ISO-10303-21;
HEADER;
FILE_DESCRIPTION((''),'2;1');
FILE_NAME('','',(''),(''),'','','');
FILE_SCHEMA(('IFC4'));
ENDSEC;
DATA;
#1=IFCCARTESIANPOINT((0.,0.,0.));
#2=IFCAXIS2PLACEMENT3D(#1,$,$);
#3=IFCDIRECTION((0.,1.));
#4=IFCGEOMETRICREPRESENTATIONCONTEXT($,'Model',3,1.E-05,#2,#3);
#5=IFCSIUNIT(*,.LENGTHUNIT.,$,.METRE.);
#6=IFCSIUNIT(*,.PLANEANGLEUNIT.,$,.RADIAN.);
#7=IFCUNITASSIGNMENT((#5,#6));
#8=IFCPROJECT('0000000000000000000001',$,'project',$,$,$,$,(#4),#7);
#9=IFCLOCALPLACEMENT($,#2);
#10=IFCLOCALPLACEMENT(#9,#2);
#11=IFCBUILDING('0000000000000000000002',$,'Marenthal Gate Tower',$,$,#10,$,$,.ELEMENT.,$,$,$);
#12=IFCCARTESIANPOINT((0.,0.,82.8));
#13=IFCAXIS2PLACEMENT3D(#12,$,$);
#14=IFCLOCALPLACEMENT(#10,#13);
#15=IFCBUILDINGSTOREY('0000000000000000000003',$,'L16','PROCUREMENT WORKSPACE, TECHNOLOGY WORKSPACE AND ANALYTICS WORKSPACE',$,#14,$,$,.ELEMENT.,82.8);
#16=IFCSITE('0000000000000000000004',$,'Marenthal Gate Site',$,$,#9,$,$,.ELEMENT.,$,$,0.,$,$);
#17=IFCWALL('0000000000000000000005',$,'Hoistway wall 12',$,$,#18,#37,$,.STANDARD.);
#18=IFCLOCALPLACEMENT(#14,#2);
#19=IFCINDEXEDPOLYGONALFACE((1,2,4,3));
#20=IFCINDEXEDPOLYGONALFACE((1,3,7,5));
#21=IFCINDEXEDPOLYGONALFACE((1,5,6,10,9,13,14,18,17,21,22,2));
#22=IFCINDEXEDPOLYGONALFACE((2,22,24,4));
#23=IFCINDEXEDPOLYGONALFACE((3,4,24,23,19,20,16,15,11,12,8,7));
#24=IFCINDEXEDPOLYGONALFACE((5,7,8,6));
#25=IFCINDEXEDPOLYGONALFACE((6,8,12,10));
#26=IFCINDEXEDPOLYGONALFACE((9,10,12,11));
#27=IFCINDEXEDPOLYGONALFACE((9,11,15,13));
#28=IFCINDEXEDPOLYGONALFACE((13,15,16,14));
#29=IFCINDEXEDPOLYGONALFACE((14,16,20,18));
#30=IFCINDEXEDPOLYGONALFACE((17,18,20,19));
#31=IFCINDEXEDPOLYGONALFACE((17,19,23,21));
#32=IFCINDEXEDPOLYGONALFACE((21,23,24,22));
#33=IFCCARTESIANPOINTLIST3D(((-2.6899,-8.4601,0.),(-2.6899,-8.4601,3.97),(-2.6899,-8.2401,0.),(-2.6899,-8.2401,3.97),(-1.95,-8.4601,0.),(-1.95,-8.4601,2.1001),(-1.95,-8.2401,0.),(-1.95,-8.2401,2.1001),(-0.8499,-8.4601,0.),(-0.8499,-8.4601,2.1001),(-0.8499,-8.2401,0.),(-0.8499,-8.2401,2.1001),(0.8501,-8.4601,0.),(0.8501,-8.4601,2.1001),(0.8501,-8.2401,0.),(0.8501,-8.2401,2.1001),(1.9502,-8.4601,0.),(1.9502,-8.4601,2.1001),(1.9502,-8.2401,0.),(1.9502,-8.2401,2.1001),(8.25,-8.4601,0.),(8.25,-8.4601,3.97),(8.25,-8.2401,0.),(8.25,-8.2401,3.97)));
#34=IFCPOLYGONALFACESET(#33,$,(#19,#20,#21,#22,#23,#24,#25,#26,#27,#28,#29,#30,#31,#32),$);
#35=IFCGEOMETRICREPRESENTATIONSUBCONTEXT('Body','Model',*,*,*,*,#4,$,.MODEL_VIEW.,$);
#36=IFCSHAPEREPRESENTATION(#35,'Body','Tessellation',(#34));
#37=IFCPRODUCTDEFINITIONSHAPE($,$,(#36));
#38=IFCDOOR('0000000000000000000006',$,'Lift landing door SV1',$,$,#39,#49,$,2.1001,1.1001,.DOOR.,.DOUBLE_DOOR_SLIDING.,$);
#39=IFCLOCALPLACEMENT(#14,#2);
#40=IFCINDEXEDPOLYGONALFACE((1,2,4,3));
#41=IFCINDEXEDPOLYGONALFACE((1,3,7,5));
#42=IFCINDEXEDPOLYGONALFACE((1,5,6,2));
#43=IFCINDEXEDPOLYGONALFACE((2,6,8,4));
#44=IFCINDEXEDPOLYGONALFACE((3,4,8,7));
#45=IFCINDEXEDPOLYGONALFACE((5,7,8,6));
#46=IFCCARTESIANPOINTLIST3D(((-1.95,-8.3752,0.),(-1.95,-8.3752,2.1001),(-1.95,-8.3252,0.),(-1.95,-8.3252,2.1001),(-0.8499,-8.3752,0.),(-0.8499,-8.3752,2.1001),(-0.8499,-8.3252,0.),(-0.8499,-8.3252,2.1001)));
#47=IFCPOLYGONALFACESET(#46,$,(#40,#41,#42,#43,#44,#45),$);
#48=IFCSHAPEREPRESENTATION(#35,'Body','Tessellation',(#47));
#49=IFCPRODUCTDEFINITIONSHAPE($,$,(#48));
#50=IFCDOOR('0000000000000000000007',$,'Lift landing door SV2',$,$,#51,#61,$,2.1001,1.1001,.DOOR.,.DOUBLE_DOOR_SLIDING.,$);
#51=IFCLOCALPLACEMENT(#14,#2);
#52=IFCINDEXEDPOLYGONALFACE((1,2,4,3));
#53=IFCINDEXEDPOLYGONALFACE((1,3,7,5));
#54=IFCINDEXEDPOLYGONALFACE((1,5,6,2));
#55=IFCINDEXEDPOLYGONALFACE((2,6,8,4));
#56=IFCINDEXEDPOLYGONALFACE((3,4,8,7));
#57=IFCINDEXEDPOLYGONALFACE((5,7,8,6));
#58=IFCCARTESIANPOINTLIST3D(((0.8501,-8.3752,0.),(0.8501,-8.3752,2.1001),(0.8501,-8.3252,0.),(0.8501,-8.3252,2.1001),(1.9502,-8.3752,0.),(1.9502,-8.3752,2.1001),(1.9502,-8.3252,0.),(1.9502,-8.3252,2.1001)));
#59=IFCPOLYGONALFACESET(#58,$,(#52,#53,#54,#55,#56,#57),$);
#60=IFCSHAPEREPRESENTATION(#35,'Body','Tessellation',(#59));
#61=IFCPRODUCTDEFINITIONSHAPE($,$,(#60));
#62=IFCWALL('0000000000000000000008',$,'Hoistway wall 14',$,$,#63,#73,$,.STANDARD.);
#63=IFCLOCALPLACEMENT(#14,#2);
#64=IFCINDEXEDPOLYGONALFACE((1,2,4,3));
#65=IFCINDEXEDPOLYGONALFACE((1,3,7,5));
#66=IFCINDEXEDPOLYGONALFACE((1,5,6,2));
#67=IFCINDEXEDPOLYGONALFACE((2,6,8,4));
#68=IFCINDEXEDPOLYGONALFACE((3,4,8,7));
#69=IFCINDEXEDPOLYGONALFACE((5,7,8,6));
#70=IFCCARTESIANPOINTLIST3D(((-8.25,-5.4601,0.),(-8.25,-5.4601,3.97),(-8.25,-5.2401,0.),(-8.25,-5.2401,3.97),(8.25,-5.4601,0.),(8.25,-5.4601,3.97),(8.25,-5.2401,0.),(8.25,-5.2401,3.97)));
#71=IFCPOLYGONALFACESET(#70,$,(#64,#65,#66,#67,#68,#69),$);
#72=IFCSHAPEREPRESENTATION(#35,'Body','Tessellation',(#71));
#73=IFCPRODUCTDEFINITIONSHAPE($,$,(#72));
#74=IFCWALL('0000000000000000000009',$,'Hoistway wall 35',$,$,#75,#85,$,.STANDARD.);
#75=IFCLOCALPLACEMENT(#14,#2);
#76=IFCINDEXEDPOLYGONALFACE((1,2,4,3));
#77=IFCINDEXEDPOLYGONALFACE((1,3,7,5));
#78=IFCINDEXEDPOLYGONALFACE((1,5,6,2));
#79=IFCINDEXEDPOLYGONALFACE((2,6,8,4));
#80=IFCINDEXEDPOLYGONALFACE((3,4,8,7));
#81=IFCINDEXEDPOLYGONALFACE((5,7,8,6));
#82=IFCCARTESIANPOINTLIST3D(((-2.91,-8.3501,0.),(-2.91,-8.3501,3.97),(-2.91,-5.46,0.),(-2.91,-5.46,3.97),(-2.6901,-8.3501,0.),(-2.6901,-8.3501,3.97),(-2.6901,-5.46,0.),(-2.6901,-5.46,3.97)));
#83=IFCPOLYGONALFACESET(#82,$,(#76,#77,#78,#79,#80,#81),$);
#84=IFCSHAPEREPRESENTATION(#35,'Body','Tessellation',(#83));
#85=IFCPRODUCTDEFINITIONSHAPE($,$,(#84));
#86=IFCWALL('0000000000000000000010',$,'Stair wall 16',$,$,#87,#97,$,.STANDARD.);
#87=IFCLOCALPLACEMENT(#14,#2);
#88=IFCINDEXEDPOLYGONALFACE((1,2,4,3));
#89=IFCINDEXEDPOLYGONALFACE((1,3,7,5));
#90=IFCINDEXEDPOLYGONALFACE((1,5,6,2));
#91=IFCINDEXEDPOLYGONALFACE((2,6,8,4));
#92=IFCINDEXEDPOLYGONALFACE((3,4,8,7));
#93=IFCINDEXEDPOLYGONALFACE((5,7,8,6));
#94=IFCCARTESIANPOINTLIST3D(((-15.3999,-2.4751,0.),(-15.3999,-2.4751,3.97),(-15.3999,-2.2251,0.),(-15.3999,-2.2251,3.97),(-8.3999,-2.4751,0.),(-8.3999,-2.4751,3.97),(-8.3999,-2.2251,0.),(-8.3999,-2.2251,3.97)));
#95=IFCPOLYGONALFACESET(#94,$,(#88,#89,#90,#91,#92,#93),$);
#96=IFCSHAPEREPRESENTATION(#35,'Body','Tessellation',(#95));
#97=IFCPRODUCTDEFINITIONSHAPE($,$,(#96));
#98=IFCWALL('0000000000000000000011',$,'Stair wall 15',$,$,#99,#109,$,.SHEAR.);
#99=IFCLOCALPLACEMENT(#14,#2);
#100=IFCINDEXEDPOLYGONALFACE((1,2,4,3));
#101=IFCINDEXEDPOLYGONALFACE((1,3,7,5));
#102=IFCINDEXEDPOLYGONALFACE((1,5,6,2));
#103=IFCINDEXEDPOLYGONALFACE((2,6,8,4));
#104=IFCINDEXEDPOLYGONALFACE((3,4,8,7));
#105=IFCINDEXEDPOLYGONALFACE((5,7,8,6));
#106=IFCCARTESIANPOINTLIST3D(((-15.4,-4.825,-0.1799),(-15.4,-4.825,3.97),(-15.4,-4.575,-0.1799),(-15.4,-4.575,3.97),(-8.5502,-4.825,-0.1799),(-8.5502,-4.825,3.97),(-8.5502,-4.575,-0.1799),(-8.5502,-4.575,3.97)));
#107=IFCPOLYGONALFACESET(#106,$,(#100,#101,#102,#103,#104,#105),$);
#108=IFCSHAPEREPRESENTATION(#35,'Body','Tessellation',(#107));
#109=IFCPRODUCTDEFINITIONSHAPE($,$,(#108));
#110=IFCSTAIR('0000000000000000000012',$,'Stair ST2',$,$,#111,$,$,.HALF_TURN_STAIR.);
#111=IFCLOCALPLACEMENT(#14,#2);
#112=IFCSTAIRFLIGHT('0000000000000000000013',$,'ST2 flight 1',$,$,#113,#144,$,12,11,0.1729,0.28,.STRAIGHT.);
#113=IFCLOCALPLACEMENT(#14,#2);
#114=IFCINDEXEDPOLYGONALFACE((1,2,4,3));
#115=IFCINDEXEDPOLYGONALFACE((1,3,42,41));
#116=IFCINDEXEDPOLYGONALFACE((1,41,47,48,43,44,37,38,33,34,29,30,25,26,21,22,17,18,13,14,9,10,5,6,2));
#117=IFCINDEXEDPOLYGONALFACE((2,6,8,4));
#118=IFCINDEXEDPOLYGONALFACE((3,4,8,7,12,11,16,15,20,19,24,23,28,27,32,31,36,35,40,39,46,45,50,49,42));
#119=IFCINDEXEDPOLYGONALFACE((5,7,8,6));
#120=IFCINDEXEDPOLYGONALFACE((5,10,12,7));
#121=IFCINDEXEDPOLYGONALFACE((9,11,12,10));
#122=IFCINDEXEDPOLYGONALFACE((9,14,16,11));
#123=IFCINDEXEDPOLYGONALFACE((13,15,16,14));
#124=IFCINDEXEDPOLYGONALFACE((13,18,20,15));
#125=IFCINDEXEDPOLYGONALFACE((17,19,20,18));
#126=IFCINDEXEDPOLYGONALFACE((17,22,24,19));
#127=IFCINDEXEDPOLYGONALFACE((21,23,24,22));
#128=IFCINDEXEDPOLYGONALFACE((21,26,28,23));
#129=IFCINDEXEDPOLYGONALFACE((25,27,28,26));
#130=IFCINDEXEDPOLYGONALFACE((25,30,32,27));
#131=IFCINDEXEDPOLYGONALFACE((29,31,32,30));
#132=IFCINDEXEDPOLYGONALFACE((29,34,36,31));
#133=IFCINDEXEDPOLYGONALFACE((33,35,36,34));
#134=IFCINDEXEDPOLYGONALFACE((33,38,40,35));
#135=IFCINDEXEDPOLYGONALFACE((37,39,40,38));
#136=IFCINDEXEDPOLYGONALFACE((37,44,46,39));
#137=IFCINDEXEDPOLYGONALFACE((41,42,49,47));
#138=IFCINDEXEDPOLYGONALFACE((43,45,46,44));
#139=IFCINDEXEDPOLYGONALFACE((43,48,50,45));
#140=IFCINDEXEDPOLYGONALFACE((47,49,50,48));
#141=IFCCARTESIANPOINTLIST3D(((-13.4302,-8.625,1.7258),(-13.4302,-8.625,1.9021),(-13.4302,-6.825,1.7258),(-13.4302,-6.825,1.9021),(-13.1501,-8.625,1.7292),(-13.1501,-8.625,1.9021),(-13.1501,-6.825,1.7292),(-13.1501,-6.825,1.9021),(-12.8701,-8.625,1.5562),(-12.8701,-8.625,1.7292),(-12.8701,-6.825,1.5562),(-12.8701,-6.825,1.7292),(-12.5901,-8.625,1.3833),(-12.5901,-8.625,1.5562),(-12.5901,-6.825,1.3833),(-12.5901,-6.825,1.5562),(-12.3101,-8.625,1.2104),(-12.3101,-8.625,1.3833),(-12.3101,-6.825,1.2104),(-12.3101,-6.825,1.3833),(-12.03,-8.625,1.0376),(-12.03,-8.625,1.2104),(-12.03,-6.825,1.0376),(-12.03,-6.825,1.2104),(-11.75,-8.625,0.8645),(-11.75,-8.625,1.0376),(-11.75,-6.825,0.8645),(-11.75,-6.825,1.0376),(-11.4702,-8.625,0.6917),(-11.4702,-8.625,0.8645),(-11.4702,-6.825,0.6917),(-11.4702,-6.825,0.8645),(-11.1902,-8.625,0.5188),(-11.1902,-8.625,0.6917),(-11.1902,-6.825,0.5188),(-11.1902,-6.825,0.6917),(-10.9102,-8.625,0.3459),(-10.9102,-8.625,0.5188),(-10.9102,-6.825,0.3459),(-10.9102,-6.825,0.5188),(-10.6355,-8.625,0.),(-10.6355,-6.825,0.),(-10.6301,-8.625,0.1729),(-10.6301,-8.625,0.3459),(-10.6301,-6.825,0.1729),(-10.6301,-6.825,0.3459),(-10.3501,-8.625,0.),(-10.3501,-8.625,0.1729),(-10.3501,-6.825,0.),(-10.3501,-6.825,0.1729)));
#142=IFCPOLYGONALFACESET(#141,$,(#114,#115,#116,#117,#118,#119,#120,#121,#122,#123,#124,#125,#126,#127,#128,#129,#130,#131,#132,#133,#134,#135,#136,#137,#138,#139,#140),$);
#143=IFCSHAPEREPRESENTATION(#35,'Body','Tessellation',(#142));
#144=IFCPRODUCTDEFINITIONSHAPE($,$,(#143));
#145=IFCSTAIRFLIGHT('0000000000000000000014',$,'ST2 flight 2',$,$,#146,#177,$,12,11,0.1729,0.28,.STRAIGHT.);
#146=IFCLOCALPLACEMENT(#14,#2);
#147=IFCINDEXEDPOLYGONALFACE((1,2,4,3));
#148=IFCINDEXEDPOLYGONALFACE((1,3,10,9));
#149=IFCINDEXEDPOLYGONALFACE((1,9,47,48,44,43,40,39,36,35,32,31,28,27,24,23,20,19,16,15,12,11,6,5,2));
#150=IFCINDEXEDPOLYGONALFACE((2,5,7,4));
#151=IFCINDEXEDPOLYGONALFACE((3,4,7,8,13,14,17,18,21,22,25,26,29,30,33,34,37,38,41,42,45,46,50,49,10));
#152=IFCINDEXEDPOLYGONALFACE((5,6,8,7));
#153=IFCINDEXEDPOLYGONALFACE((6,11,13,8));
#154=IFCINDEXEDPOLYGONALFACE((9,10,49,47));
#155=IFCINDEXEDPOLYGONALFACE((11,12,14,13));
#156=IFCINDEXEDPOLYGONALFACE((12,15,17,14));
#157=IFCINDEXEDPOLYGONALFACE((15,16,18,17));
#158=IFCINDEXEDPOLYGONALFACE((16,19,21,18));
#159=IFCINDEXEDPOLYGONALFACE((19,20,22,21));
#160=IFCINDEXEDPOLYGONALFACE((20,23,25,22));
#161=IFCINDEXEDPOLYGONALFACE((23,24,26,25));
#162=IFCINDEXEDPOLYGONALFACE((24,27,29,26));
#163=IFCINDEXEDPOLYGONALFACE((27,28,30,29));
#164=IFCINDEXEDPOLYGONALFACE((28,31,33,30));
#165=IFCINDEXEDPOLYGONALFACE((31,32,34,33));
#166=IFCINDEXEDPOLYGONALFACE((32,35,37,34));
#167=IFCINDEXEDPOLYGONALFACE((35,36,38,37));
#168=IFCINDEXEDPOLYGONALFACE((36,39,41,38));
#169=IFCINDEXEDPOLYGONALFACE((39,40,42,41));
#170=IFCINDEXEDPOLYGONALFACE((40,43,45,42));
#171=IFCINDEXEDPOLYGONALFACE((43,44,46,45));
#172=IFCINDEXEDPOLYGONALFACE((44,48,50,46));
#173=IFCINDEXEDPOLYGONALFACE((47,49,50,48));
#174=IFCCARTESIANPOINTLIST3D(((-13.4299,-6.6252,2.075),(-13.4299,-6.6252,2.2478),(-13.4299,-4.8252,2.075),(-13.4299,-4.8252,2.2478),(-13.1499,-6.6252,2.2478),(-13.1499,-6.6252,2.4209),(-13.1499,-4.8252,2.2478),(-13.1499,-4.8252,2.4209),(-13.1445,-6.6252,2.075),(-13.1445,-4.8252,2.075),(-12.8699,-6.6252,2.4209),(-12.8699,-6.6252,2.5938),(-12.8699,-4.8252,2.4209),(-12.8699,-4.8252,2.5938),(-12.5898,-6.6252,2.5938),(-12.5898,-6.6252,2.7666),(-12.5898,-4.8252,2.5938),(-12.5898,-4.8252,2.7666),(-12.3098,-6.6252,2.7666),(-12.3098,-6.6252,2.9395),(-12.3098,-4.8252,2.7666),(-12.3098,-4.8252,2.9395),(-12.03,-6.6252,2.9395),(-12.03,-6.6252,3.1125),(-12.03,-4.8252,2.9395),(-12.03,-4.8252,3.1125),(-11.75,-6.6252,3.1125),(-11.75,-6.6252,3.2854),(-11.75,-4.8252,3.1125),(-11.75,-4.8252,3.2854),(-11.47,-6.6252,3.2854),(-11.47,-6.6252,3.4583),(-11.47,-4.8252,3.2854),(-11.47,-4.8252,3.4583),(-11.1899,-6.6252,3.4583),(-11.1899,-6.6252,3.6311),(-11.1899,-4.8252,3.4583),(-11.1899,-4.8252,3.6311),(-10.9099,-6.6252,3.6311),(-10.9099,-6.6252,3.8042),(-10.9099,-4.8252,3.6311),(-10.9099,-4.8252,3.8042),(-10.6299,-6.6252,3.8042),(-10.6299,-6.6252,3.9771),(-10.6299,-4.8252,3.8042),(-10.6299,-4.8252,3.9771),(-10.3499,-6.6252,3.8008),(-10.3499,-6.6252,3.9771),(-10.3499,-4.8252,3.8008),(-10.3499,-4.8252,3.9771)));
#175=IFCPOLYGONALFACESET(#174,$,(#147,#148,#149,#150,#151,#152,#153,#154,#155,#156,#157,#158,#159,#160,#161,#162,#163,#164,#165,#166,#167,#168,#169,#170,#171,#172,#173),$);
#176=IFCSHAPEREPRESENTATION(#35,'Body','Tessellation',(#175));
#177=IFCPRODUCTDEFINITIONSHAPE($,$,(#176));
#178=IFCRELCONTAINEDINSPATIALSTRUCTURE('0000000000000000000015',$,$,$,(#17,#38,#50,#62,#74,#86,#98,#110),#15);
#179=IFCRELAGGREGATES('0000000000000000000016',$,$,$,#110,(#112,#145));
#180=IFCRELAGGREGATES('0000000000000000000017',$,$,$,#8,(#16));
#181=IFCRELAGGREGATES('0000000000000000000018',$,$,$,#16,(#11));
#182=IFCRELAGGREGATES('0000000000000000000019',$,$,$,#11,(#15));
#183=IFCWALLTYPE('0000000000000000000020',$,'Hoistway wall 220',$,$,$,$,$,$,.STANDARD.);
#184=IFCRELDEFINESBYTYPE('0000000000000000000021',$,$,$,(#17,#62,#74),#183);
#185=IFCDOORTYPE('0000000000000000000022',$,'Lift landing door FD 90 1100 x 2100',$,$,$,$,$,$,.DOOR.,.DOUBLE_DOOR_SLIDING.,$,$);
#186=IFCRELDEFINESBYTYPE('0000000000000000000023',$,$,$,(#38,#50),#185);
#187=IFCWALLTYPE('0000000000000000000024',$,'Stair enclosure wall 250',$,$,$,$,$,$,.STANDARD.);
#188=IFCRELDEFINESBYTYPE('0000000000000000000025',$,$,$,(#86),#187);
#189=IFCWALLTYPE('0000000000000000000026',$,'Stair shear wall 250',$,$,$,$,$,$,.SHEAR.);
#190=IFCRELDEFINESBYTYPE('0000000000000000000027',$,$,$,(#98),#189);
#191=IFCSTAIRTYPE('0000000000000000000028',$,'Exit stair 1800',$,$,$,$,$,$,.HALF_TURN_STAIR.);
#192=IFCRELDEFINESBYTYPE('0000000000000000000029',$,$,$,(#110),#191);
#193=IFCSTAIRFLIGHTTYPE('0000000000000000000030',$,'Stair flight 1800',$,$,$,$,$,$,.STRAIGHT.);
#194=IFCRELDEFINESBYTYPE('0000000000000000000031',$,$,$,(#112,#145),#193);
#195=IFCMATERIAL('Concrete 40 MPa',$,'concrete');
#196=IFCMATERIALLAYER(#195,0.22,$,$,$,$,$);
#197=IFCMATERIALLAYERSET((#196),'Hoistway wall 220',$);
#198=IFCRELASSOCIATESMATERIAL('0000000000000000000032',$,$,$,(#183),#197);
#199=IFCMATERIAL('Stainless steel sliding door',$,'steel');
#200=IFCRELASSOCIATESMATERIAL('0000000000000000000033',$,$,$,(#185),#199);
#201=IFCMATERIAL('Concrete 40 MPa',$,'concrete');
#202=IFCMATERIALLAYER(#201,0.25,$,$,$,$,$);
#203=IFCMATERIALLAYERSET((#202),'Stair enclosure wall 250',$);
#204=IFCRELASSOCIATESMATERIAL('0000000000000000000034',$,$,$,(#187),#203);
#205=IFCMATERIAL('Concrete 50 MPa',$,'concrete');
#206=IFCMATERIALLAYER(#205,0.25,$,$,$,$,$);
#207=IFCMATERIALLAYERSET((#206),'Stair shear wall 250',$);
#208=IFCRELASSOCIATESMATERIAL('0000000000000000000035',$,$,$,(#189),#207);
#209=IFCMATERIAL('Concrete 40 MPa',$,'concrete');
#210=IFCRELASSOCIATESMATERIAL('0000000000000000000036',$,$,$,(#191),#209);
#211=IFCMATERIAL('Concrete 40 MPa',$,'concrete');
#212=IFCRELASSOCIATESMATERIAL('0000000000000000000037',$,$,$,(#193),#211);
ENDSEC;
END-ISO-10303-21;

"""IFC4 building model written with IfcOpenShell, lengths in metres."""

from ifc_helpers import new_model, si_unit, direction, frame, frame_2d, origin, place, context, subcontext, project, spatial, polyline, rectangle, outline, extrude, material, layer, layer_set, type_object, element, fill, aggregate, save


model = new_model("IFC4")

# Units and contexts
model_context = context("Model", 3, precision=1e-05, world=origin(), true_north=direction((0.0, 1.0)))
body_context = subcontext(model_context, "Body", "Model", "MODEL_VIEW")
ifc_project = project(units=[si_unit("LENGTHUNIT", "METRE"), si_unit("PLANEANGLEUNIT", "RADIAN")], contexts=[model_context])

# Site, building, storey
site_placement = place(None, origin())
site = spatial("IfcSite", under=ifc_project, at=site_placement, Name="Marenthal Gate Site", CompositionType="ELEMENT", RefElevation=0.0)
building_placement = place(site_placement, origin())
building = spatial("IfcBuilding", under=site, at=building_placement, Name="Marenthal Gate Tower", CompositionType="ELEMENT")
storey_placement = place(building_placement, frame((0.0, 0.0, 82.8)))
storey = spatial("IfcBuildingStorey", under=building, at=storey_placement, Name="L16", Description="PROCUREMENT WORKSPACE, TECHNOLOGY WORKSPACE AND ANALYTICS WORKSPACE", CompositionType="ELEMENT", Elevation=82.8)

# Wall, openings, doors
ifc_material_1 = material(Name="Concrete 40 MPa", Category="concrete")
ifc_layer_1 = layer(ifc_material_1, 0.22)
ifc_layer_set_1 = layer_set([ifc_layer_1], Name="Hoistway wall 220")
wall_type_1 = type_object("IfcWallType", Name="Hoistway wall 220", PredefinedType="STANDARD", material=ifc_layer_set_1)
wall_1_placement = place(storey_placement, frame((-2.6899, -8.3501, 0.0), z_axis=(0.0, 0.0, 1.0), x_axis=(1.0, 0.0, 0.0)))
wall_1 = element("IfcWall", 1, at=wall_1_placement, inside=storey, type_object=wall_type_1, Name="Hoistway wall 12", PredefinedType="STANDARD", context=body_context, shape_type="SweptSolid", body=[
    extrude(rectangle(XDim=10.9399, YDim=0.22, at=frame_2d((5.47, 0.0))), origin(), (0.0, 0.0, 1.0), 3.97),
])
opening_1_placement = place(wall_1_placement, frame((0.74, 0.0, 0.0)))
opening_1 = element("IfcOpeningElement", 2, at=opening_1_placement, cuts=wall_1, PredefinedType="OPENING", context=body_context, shape_type="SweptSolid", body=[
    extrude(rectangle(XDim=1.1001, YDim=2.1001, at=frame_2d((0.55, 1.05))), frame((0.0, 0.1201, 0.0), z_axis=(0.0, -1.0, 0.0), x_axis=(1.0, 0.0, 0.0)), (0.0, 0.0, 1.0), 0.24),
])
opening_2_placement = place(wall_1_placement, frame((3.54, 0.0, 0.0)))
opening_2 = element("IfcOpeningElement", 3, at=opening_2_placement, cuts=wall_1, PredefinedType="OPENING", context=body_context, shape_type="SweptSolid", body=[
    extrude(rectangle(XDim=1.1001, YDim=2.1001, at=frame_2d((0.55, 1.05))), frame((0.0, 0.1201, 0.0), z_axis=(0.0, -1.0, 0.0), x_axis=(1.0, 0.0, 0.0)), (0.0, 0.0, 1.0), 0.24),
])
ifc_material_2 = material(Name="Stainless steel sliding door", Category="steel")
door_type_1 = type_object("IfcDoorType", Name="Lift landing door FD 90 1100 x 2100", OperationType="DOUBLE_DOOR_SLIDING", PredefinedType="DOOR", material=ifc_material_2)
door_1_placement = place(opening_1_placement, origin())
door_1 = element("IfcDoor", 4, at=door_1_placement, inside=storey, type_object=door_type_1, Name="Lift landing door SV1", OperationType="DOUBLE_DOOR_SLIDING", OverallHeight=2.1001, OverallWidth=1.1001, PredefinedType="DOOR", context=body_context, shape_type="SweptSolid", body=[
    extrude(rectangle(XDim=1.1001, YDim=2.1001, at=frame_2d((0.55, 1.05))), frame((0.0, 0.0249, 0.0), z_axis=(0.0, -1.0, 0.0), x_axis=(1.0, 0.0, 0.0)), (0.0, 0.0, 1.0), 0.05),
])
fill(opening_1, door_1)
door_2_placement = place(opening_2_placement, origin())
door_2 = element("IfcDoor", 5, at=door_2_placement, inside=storey, type_object=door_type_1, Name="Lift landing door SV2", OperationType="DOUBLE_DOOR_SLIDING", OverallHeight=2.1001, OverallWidth=1.1001, PredefinedType="DOOR", context=body_context, shape_type="SweptSolid", body=[
    extrude(rectangle(XDim=1.1001, YDim=2.1001, at=frame_2d((0.55, 1.05))), frame((0.0, 0.0249, 0.0), z_axis=(0.0, -1.0, 0.0), x_axis=(1.0, 0.0, 0.0)), (0.0, 0.0, 1.0), 0.05),
])
fill(opening_2, door_2)

# Walls
wall_2_placement = place(storey_placement, frame((-8.25, -5.3501, 0.0), z_axis=(0.0, 0.0, 1.0), x_axis=(1.0, 0.0, 0.0)))
element("IfcWall", 6, at=wall_2_placement, inside=storey, type_object=wall_type_1, Name="Hoistway wall 14", PredefinedType="STANDARD", context=body_context, shape_type="SweptSolid", body=[
    extrude(rectangle(XDim=16.5, YDim=0.22, at=frame_2d((8.25, 0.0))), origin(), (0.0, 0.0, 1.0), 3.97),
])
wall_3_placement = place(storey_placement, frame((-2.8, -8.3501, 0.0), z_axis=(0.0, 0.0, 1.0), x_axis=(0.0, 1.0, 0.0)))
element("IfcWall", 7, at=wall_3_placement, inside=storey, type_object=wall_type_1, Name="Hoistway wall 35", PredefinedType="STANDARD", context=body_context, shape_type="SweptSolid", body=[
    extrude(rectangle(XDim=2.8901, YDim=0.22, at=frame_2d((1.4451, 0.0))), origin(), (0.0, 0.0, 1.0), 3.97),
])
ifc_material_3 = material(Name="Concrete 40 MPa", Category="concrete")
ifc_layer_2 = layer(ifc_material_3, 0.25)
ifc_layer_set_2 = layer_set([ifc_layer_2], Name="Stair enclosure wall 250")
wall_type_2 = type_object("IfcWallType", Name="Stair enclosure wall 250", PredefinedType="STANDARD", material=ifc_layer_set_2)
wall_4_placement = place(storey_placement, frame((-15.3999, -2.3501, 0.0), z_axis=(0.0, 0.0, 1.0), x_axis=(1.0, 0.0, 0.0)))
element("IfcWall", 8, at=wall_4_placement, inside=storey, type_object=wall_type_2, Name="Stair wall 16", PredefinedType="STANDARD", context=body_context, shape_type="SweptSolid", body=[
    extrude(rectangle(XDim=7.0, YDim=0.25, at=frame_2d((3.5, 0.0))), origin(), (0.0, 0.0, 1.0), 3.97),
])
ifc_material_4 = material(Name="Concrete 50 MPa", Category="concrete")
ifc_layer_3 = layer(ifc_material_4, 0.25)
ifc_layer_set_3 = layer_set([ifc_layer_3], Name="Stair shear wall 250")
wall_type_3 = type_object("IfcWallType", Name="Stair shear wall 250", PredefinedType="SHEAR", material=ifc_layer_set_3)
wall_5_placement = place(storey_placement, frame((-15.3999, -4.7, -0.1799), z_axis=(0.0, 0.0, 1.0), x_axis=(1.0, 0.0, 0.0)))
element("IfcWall", 9, at=wall_5_placement, inside=storey, type_object=wall_type_3, Name="Stair wall 15", PredefinedType="SHEAR", context=body_context, shape_type="SweptSolid", body=[
    extrude(rectangle(XDim=6.8499, YDim=0.25, at=frame_2d((3.4248, 0.0))), origin(), (0.0, 0.0, 1.0), 4.1499),
])

# Stair, stair flights
ifc_material_5 = material(Name="Concrete 40 MPa", Category="concrete")
stair_type = type_object("IfcStairType", Name="Exit stair 1800", PredefinedType="HALF_TURN_STAIR", material=ifc_material_5)
stair_placement = place(storey_placement, origin())
stair = element("IfcStair", 10, at=stair_placement, inside=storey, type_object=stair_type, Name="Stair ST2", PredefinedType="HALF_TURN_STAIR")
ifc_material_6 = material(Name="Concrete 40 MPa", Category="concrete")
stair_flight_type = type_object("IfcStairFlightType", Name="Stair flight 1800", PredefinedType="STRAIGHT", material=ifc_material_6)
stair_flight_1_placement = place(storey_placement, frame((-10.3501, -7.7251, 0.0), z_axis=(0.0, 0.0, 1.0), x_axis=(-1.0, 0.0, 0.0)))
stair_flight_1 = element("IfcStairFlight", 11, at=stair_flight_1_placement, type_object=stair_flight_type, Name="ST2 flight 1", NumberOfRisers=12, NumberOfTreads=11, PredefinedType="STRAIGHT", RiserHeight=0.1729, TreadLength=0.28, context=body_context, shape_type="SweptSolid", body=[
    extrude(outline(polyline([(0.0, 0.0), (0.0, 0.1729), (0.28, 0.1729), (0.28, 0.3459), (0.5601, 0.3459), (0.5601, 0.5188), (0.8401, 0.5188), (0.8401, 0.6917), (1.1201, 0.6917), (1.1201, 0.8645), (1.3999, 0.8645), (1.3999, 1.0376), (1.6799, 1.0376), (1.6799, 1.2104), (1.96, 1.2104), (1.96, 1.3833), (2.24, 1.3833), (2.24, 1.5562), (2.52, 1.5562), (2.52, 1.7292), (2.8, 1.7292), (2.8, 1.9021), (3.0801, 1.9021), (3.0801, 2.075), (3.0801, 1.7258), (0.2854, 0.0), (0.0, 0.0)])), frame((0.0, 0.8999, 0.0), z_axis=(0.0, -1.0, 0.0), x_axis=(1.0, 0.0, 0.0)), (0.0, 0.0, 1.0), 1.8),
])
stair_flight_2_placement = place(storey_placement, frame((-13.4299, -5.7251, 2.075), z_axis=(0.0, 0.0, 1.0), x_axis=(1.0, 0.0, 0.0)))
stair_flight_2 = element("IfcStairFlight", 12, at=stair_flight_2_placement, type_object=stair_flight_type, Name="ST2 flight 2", NumberOfRisers=12, NumberOfTreads=11, PredefinedType="STRAIGHT", RiserHeight=0.1729, TreadLength=0.28, context=body_context, shape_type="SweptSolid", body=[
    extrude(outline(polyline([(0.0, 0.0), (0.0, 0.1729), (0.28, 0.1729), (0.28, 0.3459), (0.5601, 0.3459), (0.5601, 0.5188), (0.8401, 0.5188), (0.8401, 0.6917), (1.1201, 0.6917), (1.1201, 0.8645), (1.3999, 0.8645), (1.3999, 1.0376), (1.6799, 1.0376), (1.6799, 1.2104), (1.96, 1.2104), (1.96, 1.3833), (2.24, 1.3833), (2.24, 1.5562), (2.52, 1.5562), (2.52, 1.7292), (2.8, 1.7292), (2.8, 1.9021), (3.0801, 1.9021), (3.0801, 2.075), (3.0801, 1.7258), (0.2854, 0.0), (0.0, 0.0)])), frame((0.0, 0.8999, 0.0), z_axis=(0.0, -1.0, 0.0), x_axis=(1.0, 0.0, 0.0)), (0.0, 0.0, 1.0), 1.8),
])
aggregate(stair, [stair_flight_1, stair_flight_2])

save(model, "model.ifc")
